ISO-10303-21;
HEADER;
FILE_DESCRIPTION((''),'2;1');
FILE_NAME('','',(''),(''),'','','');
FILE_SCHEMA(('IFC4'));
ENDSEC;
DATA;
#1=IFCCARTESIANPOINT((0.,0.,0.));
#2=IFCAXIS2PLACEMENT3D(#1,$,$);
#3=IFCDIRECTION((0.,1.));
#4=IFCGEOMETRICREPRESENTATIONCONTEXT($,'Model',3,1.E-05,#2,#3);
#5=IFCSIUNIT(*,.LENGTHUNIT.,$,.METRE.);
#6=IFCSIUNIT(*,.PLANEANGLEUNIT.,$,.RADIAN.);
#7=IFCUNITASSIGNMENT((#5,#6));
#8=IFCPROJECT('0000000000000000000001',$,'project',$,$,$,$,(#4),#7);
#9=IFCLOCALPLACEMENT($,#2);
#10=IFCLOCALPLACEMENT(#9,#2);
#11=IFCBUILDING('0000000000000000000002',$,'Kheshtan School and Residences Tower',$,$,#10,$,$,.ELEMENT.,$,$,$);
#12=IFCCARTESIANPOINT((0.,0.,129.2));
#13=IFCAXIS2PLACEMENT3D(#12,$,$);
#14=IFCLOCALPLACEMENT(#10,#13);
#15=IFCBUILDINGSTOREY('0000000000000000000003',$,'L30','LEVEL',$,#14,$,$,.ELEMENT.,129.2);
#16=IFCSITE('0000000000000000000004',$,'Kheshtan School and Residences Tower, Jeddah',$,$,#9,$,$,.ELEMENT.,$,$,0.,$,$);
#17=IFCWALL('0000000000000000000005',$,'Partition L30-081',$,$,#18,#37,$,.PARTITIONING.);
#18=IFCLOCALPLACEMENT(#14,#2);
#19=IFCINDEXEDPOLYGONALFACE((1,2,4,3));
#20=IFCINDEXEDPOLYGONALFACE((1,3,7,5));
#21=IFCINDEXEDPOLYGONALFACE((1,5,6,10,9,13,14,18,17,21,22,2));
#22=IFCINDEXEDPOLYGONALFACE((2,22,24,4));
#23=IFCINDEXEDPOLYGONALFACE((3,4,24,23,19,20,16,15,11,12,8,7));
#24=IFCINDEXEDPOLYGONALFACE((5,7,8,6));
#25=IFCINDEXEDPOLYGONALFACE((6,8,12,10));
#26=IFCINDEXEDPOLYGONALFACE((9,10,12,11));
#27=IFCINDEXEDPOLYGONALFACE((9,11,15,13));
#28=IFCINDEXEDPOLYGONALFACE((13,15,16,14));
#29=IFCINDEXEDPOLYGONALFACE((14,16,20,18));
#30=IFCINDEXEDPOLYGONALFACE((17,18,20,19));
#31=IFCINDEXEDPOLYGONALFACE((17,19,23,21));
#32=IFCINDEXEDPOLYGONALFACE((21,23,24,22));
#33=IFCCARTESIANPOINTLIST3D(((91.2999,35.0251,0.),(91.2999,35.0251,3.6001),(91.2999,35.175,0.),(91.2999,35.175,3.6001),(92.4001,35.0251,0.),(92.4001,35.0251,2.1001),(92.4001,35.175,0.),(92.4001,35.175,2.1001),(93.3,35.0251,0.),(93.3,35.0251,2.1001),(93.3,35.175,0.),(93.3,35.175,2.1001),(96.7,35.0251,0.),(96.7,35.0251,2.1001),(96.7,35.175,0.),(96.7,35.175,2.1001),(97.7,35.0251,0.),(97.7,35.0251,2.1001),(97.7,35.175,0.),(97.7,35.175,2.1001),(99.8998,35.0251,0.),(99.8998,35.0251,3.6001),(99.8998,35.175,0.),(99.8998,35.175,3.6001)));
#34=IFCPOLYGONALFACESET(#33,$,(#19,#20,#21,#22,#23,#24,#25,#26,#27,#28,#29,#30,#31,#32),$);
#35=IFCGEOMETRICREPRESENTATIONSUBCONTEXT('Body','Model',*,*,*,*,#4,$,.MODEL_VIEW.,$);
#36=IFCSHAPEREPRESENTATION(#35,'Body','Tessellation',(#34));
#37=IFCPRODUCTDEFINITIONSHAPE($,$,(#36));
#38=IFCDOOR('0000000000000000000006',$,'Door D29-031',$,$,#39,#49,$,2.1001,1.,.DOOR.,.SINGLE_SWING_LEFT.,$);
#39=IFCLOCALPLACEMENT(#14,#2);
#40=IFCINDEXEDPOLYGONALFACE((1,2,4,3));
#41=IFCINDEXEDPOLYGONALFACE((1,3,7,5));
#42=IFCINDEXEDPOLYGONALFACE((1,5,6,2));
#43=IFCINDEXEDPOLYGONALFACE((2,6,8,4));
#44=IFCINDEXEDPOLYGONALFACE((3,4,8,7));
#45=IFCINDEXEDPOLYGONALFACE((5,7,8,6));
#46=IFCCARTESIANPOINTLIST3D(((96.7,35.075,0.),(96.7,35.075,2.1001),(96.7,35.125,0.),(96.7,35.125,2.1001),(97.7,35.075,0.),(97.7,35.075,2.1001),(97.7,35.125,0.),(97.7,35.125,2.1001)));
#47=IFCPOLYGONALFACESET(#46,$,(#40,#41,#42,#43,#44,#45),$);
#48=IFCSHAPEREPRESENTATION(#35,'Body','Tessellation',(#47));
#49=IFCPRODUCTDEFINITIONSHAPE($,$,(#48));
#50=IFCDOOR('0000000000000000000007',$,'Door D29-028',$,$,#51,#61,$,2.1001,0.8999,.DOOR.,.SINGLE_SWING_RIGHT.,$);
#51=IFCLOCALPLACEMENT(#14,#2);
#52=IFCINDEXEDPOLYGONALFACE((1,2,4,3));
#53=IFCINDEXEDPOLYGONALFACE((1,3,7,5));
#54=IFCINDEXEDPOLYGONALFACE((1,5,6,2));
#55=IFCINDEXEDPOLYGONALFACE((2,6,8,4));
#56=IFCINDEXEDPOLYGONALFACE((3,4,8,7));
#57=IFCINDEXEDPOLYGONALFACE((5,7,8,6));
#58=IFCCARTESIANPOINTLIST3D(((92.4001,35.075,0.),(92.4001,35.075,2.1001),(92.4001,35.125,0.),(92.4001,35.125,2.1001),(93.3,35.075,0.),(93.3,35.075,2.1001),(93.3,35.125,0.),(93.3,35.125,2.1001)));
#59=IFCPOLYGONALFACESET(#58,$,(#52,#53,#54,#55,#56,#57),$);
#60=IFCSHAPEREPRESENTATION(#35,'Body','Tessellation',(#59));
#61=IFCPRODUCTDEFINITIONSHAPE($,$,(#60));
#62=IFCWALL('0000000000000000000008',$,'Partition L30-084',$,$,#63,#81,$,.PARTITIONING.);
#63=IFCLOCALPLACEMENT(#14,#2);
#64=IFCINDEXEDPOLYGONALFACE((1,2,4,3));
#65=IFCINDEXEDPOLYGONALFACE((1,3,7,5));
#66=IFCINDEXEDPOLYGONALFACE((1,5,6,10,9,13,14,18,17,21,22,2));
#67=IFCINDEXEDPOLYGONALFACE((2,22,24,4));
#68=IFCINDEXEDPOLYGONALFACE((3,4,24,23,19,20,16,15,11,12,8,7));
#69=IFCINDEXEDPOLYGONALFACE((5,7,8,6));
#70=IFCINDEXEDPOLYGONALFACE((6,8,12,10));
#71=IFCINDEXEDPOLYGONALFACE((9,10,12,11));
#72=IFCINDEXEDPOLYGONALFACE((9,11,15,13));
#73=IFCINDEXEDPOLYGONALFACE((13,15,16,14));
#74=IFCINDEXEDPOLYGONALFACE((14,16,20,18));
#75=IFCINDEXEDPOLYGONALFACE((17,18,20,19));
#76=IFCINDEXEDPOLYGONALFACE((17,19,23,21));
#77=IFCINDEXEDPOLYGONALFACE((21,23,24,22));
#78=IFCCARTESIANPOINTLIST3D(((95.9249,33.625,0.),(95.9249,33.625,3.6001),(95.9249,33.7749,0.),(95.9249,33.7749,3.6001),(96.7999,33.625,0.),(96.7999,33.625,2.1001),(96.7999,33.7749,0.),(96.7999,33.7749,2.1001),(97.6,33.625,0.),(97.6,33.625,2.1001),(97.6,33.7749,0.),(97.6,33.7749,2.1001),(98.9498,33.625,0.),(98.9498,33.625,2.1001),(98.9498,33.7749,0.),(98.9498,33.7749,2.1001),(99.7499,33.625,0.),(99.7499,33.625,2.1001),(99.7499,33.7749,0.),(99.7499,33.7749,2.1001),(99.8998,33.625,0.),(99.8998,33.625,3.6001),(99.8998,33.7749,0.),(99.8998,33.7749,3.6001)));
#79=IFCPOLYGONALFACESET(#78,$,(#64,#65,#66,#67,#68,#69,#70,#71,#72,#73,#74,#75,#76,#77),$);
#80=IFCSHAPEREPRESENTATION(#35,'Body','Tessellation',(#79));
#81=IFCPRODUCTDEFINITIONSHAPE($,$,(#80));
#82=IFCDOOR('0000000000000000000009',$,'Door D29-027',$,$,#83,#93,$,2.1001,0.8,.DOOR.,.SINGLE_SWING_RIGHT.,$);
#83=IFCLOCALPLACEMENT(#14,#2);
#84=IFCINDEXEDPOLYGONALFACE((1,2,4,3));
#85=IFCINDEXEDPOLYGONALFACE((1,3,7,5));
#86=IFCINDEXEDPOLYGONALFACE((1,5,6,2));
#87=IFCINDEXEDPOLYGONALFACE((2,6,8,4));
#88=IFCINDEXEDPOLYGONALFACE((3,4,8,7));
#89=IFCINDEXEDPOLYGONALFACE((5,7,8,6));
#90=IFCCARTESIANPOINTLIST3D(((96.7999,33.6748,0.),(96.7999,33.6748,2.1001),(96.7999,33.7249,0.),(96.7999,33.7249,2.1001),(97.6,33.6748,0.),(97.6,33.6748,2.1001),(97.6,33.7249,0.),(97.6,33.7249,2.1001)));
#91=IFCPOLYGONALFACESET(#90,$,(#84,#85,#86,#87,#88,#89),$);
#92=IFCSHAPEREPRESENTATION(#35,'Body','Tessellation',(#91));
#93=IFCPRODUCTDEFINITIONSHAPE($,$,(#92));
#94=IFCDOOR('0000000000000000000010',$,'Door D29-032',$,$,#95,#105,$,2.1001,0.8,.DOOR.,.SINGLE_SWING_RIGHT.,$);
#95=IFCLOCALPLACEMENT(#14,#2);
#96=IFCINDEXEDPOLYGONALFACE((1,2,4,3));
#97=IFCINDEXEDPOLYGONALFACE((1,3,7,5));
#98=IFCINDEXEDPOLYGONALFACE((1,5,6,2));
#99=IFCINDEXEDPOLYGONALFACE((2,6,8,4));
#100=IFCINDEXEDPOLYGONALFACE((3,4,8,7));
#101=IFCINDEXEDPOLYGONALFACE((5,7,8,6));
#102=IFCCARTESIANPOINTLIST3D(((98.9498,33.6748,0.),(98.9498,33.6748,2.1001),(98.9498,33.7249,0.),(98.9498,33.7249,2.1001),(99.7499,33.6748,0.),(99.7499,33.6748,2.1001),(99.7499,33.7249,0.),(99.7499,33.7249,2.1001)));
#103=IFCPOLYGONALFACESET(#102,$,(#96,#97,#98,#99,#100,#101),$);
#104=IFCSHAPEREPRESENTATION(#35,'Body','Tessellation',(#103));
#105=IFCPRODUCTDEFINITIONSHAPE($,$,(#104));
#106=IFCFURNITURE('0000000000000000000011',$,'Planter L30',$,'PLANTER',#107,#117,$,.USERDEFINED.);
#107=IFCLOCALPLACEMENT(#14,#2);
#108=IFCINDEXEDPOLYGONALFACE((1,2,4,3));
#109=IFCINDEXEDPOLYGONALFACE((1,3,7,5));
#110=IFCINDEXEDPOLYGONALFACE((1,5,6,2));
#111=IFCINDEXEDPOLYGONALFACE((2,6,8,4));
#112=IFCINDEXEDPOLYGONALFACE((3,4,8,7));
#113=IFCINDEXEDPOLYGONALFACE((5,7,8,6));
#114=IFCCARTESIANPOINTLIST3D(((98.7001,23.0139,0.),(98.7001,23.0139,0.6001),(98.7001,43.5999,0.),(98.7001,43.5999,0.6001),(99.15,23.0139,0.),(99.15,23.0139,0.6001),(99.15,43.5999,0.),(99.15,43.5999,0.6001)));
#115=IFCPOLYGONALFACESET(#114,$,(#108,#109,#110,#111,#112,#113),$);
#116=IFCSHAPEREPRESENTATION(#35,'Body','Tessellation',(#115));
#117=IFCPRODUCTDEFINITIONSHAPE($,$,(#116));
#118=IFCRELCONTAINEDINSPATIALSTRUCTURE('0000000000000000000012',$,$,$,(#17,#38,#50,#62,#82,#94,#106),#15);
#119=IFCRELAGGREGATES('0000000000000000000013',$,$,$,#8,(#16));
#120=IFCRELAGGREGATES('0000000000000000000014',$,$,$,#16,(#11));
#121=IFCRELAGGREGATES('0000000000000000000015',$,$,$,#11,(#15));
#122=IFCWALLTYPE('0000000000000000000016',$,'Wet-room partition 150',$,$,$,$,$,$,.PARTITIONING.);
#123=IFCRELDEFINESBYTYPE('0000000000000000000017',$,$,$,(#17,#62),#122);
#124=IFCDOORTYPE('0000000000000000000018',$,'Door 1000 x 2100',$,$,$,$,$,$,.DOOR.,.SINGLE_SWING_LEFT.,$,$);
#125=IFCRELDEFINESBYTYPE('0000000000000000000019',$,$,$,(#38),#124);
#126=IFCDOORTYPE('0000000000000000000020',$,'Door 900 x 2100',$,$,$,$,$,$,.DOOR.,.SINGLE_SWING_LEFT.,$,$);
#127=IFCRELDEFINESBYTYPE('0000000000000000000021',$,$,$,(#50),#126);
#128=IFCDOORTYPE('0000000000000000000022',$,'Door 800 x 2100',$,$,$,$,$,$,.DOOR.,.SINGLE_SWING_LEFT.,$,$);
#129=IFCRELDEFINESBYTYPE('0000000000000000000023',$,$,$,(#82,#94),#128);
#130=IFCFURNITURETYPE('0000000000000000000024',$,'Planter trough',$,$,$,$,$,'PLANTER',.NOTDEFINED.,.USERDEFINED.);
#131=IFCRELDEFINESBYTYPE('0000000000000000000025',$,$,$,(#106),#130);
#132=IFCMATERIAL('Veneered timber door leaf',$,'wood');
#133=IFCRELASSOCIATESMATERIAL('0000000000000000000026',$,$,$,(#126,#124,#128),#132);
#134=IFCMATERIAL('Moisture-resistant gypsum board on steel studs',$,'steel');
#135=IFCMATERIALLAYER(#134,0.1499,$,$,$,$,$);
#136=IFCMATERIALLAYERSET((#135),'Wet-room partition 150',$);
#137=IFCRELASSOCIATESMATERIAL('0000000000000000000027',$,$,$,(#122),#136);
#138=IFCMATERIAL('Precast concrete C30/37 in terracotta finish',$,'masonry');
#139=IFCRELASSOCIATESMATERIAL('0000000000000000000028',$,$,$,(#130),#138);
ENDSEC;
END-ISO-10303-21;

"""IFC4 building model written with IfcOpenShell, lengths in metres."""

from ifc_helpers import new_model, si_unit, direction, frame, frame_2d, origin, origin_2d, place, context, subcontext, project, spatial, rectangle, extrude, source, transform, mapped, material, layer, layer_set, type_object, element, fill, save


model = new_model("IFC4")

# Units and contexts
model_context = context("Model", 3, precision=1e-05, world=origin(), true_north=direction((0.0, 1.0)))
body_context = subcontext(model_context, "Body", "Model", "MODEL_VIEW")
ifc_project = project(units=[si_unit("LENGTHUNIT", "METRE"), si_unit("PLANEANGLEUNIT", "RADIAN")], contexts=[model_context])

# Site, building, storey
site_placement = place(None, origin())
site = spatial("IfcSite", under=ifc_project, at=site_placement, Name="Kheshtan School and Residences Tower, Jeddah", CompositionType="ELEMENT", RefElevation=0.0)
building_placement = place(site_placement, origin())
building = spatial("IfcBuilding", under=site, at=building_placement, Name="Kheshtan School and Residences Tower", CompositionType="ELEMENT")
storey_placement = place(building_placement, frame((0.0, 0.0, 129.2)))
storey = spatial("IfcBuildingStorey", under=building, at=storey_placement, Name="L30", Description="LEVEL", CompositionType="ELEMENT", Elevation=129.2)

# Shared definitions
ifc_material_1 = material(Name="Veneered timber door leaf", Category="wood")
door_type_1 = type_object("IfcDoorType", Name="Door 900 x 2100", OperationType="SINGLE_SWING_LEFT", PredefinedType="DOOR", material=ifc_material_1)
shared_shape_1 = source(origin(), body_context, "Body", "SweptSolid", [
    extrude(rectangle(XDim=0.8999, YDim=2.1001, at=frame_2d((0.45, 1.05))), frame((0.0, 0.0249, 0.0), z_axis=(0.0, -1.0, 0.0), x_axis=(1.0, 0.0, 0.0)), (0.0, 0.0, 1.0), 0.05),
])

# Walls, openings, doors
ifc_material_2 = material(Name="Moisture-resistant gypsum board on steel studs", Category="steel")
ifc_layer_1 = layer(ifc_material_2, 0.1499)
ifc_layer_set_1 = layer_set([ifc_layer_1], Name="Wet-room partition 150")
wall_type_1 = type_object("IfcWallType", Name="Wet-room partition 150", PredefinedType="PARTITIONING", material=ifc_layer_set_1)
wall_1_placement = place(storey_placement, frame((91.3, 35.1001, 0.0), z_axis=(0.0, 0.0, 1.0), x_axis=(1.0, 0.0, 0.0)))
wall_1 = element("IfcWall", 1, at=wall_1_placement, inside=storey, type_object=wall_type_1, Name="Partition L30-081", PredefinedType="PARTITIONING", context=body_context, shape_type="SweptSolid", body=[
    extrude(rectangle(XDim=8.5999, YDim=0.1499, at=frame_2d((4.2998, 0.0))), origin(), (0.0, 0.0, 1.0), 3.6001),
])
opening_1_placement = place(wall_1_placement, frame((1.1001, 0.0, 0.0)))
opening_1 = element("IfcOpeningElement", 2, at=opening_1_placement, cuts=wall_1, PredefinedType="OPENING", context=body_context, shape_type="SweptSolid", body=[
    extrude(rectangle(XDim=0.8999, YDim=2.1001, at=frame_2d((0.45, 1.05))), frame((0.0, 0.085, 0.0), z_axis=(0.0, -1.0, 0.0), x_axis=(1.0, 0.0, 0.0)), (0.0, 0.0, 1.0), 0.1699),
])
opening_2_placement = place(wall_1_placement, frame((5.3999, 0.0, 0.0)))
opening_2 = element("IfcOpeningElement", 3, at=opening_2_placement, cuts=wall_1, PredefinedType="OPENING", context=body_context, shape_type="SweptSolid", body=[
    extrude(rectangle(XDim=1.0, YDim=2.1001, at=frame_2d((0.5, 1.05))), frame((0.0, 0.085, 0.0), z_axis=(0.0, -1.0, 0.0), x_axis=(1.0, 0.0, 0.0)), (0.0, 0.0, 1.0), 0.1699),
])
door_type_2 = type_object("IfcDoorType", Name="Door 1000 x 2100", OperationType="SINGLE_SWING_LEFT", PredefinedType="DOOR", material=ifc_material_1)
shared_shape_2 = source(origin(), body_context, "Body", "SweptSolid", [
    extrude(rectangle(XDim=1.0, YDim=2.1001, at=frame_2d((0.5, 1.05))), frame((0.0, 0.0249, 0.0), z_axis=(0.0, -1.0, 0.0), x_axis=(1.0, 0.0, 0.0)), (0.0, 0.0, 1.0), 0.05),
])
door_1_placement = place(opening_2_placement, origin())
door_1 = element("IfcDoor", 4, at=door_1_placement, inside=storey, type_object=door_type_2, Name="Door D29-031", OperationType="SINGLE_SWING_LEFT", OverallHeight=2.1001, OverallWidth=1.0, PredefinedType="DOOR", context=body_context, shape_type="MappedRepresentation", body=[
    mapped(shared_shape_2, transform((0.0, 0.0, 0.0), x_axis=(1.0, 0.0, 0.0), y_axis=(0.0, 1.0, 0.0), z_axis=(0.0, 0.0, 1.0), scale=1.0)),
])
fill(opening_2, door_1)
door_2_placement = place(opening_1_placement, origin())
door_2 = element("IfcDoor", 5, at=door_2_placement, inside=storey, type_object=door_type_1, Name="Door D29-028", OperationType="SINGLE_SWING_RIGHT", OverallHeight=2.1001, OverallWidth=0.8999, PredefinedType="DOOR", context=body_context, shape_type="MappedRepresentation", body=[
    mapped(shared_shape_1, transform((0.0, 0.0, 0.0), x_axis=(1.0, 0.0, 0.0), y_axis=(0.0, 1.0, 0.0), z_axis=(0.0, 0.0, 1.0), scale=1.0)),
])
fill(opening_1, door_2)
wall_2_placement = place(storey_placement, frame((95.925, 33.7, 0.0), z_axis=(0.0, 0.0, 1.0), x_axis=(1.0, 0.0, 0.0)))
wall_2 = element("IfcWall", 6, at=wall_2_placement, inside=storey, type_object=wall_type_1, Name="Partition L30-084", PredefinedType="PARTITIONING", context=body_context, shape_type="SweptSolid", body=[
    extrude(rectangle(XDim=3.9749, YDim=0.1499, at=frame_2d((1.9873, 0.0))), origin(), (0.0, 0.0, 1.0), 3.6001),
])
opening_3_placement = place(wall_2_placement, frame((0.875, 0.0, 0.0)))
opening_3 = element("IfcOpeningElement", 7, at=opening_3_placement, cuts=wall_2, PredefinedType="OPENING", context=body_context, shape_type="SweptSolid", body=[
    extrude(rectangle(XDim=0.8, YDim=2.1001, at=frame_2d((0.3999, 1.05))), frame((0.0, 0.085, 0.0), z_axis=(0.0, -1.0, 0.0), x_axis=(1.0, 0.0, 0.0)), (0.0, 0.0, 1.0), 0.1699),
])
opening_4_placement = place(wall_2_placement, frame((3.0249, 0.0, 0.0)))
opening_4 = element("IfcOpeningElement", 8, at=opening_4_placement, cuts=wall_2, PredefinedType="OPENING", context=body_context, shape_type="SweptSolid", body=[
    extrude(rectangle(XDim=0.8, YDim=2.1001, at=frame_2d((0.3999, 1.05))), frame((0.0, 0.085, 0.0), z_axis=(0.0, -1.0, 0.0), x_axis=(1.0, 0.0, 0.0)), (0.0, 0.0, 1.0), 0.1699),
])
door_type_3 = type_object("IfcDoorType", Name="Door 800 x 2100", OperationType="SINGLE_SWING_LEFT", PredefinedType="DOOR", material=ifc_material_1)
shared_shape_3 = source(origin(), body_context, "Body", "SweptSolid", [
    extrude(rectangle(XDim=0.8, YDim=2.1001, at=frame_2d((0.3999, 1.05))), frame((0.0, 0.0249, 0.0), z_axis=(0.0, -1.0, 0.0), x_axis=(1.0, 0.0, 0.0)), (0.0, 0.0, 1.0), 0.05),
])
door_3_placement = place(opening_3_placement, origin())
door_3 = element("IfcDoor", 9, at=door_3_placement, inside=storey, type_object=door_type_3, Name="Door D29-027", OperationType="SINGLE_SWING_RIGHT", OverallHeight=2.1001, OverallWidth=0.8, PredefinedType="DOOR", context=body_context, shape_type="MappedRepresentation", body=[
    mapped(shared_shape_3, transform((0.0, 0.0, 0.0), x_axis=(1.0, 0.0, 0.0), y_axis=(0.0, 1.0, 0.0), z_axis=(0.0, 0.0, 1.0), scale=1.0)),
])
fill(opening_3, door_3)
door_4_placement = place(opening_4_placement, origin())
door_4 = element("IfcDoor", 10, at=door_4_placement, inside=storey, type_object=door_type_3, Name="Door D29-032", OperationType="SINGLE_SWING_RIGHT", OverallHeight=2.1001, OverallWidth=0.8, PredefinedType="DOOR", context=body_context, shape_type="MappedRepresentation", body=[
    mapped(shared_shape_3, transform((0.0, 0.0, 0.0), x_axis=(1.0, 0.0, 0.0), y_axis=(0.0, 1.0, 0.0), z_axis=(0.0, 0.0, 1.0), scale=1.0)),
])
fill(opening_4, door_4)

# Furniture
ifc_material_3 = material(Name="Precast concrete C30/37 in terracotta finish", Category="masonry")
furniture_type = type_object("IfcFurnitureType", Name="Planter trough", ElementType="PLANTER", AssemblyPlace="NOTDEFINED", PredefinedType="USERDEFINED", material=ifc_material_3)
furniture_placement = place(storey_placement, frame((98.925, 33.3069, 0.0), z_axis=(0.0, 0.0, 1.0), x_axis=(0.0, -1.0, 0.0)))
element("IfcFurniture", 11, at=furniture_placement, inside=storey, type_object=furniture_type, Name="Planter L30", ObjectType="PLANTER", PredefinedType="USERDEFINED", context=body_context, shape_type="SweptSolid", body=[
    extrude(rectangle(XDim=20.5859, YDim=0.45, at=origin_2d()), origin(), (0.0, 0.0, 1.0), 0.6001),
])

save(model, "model.ifc")
